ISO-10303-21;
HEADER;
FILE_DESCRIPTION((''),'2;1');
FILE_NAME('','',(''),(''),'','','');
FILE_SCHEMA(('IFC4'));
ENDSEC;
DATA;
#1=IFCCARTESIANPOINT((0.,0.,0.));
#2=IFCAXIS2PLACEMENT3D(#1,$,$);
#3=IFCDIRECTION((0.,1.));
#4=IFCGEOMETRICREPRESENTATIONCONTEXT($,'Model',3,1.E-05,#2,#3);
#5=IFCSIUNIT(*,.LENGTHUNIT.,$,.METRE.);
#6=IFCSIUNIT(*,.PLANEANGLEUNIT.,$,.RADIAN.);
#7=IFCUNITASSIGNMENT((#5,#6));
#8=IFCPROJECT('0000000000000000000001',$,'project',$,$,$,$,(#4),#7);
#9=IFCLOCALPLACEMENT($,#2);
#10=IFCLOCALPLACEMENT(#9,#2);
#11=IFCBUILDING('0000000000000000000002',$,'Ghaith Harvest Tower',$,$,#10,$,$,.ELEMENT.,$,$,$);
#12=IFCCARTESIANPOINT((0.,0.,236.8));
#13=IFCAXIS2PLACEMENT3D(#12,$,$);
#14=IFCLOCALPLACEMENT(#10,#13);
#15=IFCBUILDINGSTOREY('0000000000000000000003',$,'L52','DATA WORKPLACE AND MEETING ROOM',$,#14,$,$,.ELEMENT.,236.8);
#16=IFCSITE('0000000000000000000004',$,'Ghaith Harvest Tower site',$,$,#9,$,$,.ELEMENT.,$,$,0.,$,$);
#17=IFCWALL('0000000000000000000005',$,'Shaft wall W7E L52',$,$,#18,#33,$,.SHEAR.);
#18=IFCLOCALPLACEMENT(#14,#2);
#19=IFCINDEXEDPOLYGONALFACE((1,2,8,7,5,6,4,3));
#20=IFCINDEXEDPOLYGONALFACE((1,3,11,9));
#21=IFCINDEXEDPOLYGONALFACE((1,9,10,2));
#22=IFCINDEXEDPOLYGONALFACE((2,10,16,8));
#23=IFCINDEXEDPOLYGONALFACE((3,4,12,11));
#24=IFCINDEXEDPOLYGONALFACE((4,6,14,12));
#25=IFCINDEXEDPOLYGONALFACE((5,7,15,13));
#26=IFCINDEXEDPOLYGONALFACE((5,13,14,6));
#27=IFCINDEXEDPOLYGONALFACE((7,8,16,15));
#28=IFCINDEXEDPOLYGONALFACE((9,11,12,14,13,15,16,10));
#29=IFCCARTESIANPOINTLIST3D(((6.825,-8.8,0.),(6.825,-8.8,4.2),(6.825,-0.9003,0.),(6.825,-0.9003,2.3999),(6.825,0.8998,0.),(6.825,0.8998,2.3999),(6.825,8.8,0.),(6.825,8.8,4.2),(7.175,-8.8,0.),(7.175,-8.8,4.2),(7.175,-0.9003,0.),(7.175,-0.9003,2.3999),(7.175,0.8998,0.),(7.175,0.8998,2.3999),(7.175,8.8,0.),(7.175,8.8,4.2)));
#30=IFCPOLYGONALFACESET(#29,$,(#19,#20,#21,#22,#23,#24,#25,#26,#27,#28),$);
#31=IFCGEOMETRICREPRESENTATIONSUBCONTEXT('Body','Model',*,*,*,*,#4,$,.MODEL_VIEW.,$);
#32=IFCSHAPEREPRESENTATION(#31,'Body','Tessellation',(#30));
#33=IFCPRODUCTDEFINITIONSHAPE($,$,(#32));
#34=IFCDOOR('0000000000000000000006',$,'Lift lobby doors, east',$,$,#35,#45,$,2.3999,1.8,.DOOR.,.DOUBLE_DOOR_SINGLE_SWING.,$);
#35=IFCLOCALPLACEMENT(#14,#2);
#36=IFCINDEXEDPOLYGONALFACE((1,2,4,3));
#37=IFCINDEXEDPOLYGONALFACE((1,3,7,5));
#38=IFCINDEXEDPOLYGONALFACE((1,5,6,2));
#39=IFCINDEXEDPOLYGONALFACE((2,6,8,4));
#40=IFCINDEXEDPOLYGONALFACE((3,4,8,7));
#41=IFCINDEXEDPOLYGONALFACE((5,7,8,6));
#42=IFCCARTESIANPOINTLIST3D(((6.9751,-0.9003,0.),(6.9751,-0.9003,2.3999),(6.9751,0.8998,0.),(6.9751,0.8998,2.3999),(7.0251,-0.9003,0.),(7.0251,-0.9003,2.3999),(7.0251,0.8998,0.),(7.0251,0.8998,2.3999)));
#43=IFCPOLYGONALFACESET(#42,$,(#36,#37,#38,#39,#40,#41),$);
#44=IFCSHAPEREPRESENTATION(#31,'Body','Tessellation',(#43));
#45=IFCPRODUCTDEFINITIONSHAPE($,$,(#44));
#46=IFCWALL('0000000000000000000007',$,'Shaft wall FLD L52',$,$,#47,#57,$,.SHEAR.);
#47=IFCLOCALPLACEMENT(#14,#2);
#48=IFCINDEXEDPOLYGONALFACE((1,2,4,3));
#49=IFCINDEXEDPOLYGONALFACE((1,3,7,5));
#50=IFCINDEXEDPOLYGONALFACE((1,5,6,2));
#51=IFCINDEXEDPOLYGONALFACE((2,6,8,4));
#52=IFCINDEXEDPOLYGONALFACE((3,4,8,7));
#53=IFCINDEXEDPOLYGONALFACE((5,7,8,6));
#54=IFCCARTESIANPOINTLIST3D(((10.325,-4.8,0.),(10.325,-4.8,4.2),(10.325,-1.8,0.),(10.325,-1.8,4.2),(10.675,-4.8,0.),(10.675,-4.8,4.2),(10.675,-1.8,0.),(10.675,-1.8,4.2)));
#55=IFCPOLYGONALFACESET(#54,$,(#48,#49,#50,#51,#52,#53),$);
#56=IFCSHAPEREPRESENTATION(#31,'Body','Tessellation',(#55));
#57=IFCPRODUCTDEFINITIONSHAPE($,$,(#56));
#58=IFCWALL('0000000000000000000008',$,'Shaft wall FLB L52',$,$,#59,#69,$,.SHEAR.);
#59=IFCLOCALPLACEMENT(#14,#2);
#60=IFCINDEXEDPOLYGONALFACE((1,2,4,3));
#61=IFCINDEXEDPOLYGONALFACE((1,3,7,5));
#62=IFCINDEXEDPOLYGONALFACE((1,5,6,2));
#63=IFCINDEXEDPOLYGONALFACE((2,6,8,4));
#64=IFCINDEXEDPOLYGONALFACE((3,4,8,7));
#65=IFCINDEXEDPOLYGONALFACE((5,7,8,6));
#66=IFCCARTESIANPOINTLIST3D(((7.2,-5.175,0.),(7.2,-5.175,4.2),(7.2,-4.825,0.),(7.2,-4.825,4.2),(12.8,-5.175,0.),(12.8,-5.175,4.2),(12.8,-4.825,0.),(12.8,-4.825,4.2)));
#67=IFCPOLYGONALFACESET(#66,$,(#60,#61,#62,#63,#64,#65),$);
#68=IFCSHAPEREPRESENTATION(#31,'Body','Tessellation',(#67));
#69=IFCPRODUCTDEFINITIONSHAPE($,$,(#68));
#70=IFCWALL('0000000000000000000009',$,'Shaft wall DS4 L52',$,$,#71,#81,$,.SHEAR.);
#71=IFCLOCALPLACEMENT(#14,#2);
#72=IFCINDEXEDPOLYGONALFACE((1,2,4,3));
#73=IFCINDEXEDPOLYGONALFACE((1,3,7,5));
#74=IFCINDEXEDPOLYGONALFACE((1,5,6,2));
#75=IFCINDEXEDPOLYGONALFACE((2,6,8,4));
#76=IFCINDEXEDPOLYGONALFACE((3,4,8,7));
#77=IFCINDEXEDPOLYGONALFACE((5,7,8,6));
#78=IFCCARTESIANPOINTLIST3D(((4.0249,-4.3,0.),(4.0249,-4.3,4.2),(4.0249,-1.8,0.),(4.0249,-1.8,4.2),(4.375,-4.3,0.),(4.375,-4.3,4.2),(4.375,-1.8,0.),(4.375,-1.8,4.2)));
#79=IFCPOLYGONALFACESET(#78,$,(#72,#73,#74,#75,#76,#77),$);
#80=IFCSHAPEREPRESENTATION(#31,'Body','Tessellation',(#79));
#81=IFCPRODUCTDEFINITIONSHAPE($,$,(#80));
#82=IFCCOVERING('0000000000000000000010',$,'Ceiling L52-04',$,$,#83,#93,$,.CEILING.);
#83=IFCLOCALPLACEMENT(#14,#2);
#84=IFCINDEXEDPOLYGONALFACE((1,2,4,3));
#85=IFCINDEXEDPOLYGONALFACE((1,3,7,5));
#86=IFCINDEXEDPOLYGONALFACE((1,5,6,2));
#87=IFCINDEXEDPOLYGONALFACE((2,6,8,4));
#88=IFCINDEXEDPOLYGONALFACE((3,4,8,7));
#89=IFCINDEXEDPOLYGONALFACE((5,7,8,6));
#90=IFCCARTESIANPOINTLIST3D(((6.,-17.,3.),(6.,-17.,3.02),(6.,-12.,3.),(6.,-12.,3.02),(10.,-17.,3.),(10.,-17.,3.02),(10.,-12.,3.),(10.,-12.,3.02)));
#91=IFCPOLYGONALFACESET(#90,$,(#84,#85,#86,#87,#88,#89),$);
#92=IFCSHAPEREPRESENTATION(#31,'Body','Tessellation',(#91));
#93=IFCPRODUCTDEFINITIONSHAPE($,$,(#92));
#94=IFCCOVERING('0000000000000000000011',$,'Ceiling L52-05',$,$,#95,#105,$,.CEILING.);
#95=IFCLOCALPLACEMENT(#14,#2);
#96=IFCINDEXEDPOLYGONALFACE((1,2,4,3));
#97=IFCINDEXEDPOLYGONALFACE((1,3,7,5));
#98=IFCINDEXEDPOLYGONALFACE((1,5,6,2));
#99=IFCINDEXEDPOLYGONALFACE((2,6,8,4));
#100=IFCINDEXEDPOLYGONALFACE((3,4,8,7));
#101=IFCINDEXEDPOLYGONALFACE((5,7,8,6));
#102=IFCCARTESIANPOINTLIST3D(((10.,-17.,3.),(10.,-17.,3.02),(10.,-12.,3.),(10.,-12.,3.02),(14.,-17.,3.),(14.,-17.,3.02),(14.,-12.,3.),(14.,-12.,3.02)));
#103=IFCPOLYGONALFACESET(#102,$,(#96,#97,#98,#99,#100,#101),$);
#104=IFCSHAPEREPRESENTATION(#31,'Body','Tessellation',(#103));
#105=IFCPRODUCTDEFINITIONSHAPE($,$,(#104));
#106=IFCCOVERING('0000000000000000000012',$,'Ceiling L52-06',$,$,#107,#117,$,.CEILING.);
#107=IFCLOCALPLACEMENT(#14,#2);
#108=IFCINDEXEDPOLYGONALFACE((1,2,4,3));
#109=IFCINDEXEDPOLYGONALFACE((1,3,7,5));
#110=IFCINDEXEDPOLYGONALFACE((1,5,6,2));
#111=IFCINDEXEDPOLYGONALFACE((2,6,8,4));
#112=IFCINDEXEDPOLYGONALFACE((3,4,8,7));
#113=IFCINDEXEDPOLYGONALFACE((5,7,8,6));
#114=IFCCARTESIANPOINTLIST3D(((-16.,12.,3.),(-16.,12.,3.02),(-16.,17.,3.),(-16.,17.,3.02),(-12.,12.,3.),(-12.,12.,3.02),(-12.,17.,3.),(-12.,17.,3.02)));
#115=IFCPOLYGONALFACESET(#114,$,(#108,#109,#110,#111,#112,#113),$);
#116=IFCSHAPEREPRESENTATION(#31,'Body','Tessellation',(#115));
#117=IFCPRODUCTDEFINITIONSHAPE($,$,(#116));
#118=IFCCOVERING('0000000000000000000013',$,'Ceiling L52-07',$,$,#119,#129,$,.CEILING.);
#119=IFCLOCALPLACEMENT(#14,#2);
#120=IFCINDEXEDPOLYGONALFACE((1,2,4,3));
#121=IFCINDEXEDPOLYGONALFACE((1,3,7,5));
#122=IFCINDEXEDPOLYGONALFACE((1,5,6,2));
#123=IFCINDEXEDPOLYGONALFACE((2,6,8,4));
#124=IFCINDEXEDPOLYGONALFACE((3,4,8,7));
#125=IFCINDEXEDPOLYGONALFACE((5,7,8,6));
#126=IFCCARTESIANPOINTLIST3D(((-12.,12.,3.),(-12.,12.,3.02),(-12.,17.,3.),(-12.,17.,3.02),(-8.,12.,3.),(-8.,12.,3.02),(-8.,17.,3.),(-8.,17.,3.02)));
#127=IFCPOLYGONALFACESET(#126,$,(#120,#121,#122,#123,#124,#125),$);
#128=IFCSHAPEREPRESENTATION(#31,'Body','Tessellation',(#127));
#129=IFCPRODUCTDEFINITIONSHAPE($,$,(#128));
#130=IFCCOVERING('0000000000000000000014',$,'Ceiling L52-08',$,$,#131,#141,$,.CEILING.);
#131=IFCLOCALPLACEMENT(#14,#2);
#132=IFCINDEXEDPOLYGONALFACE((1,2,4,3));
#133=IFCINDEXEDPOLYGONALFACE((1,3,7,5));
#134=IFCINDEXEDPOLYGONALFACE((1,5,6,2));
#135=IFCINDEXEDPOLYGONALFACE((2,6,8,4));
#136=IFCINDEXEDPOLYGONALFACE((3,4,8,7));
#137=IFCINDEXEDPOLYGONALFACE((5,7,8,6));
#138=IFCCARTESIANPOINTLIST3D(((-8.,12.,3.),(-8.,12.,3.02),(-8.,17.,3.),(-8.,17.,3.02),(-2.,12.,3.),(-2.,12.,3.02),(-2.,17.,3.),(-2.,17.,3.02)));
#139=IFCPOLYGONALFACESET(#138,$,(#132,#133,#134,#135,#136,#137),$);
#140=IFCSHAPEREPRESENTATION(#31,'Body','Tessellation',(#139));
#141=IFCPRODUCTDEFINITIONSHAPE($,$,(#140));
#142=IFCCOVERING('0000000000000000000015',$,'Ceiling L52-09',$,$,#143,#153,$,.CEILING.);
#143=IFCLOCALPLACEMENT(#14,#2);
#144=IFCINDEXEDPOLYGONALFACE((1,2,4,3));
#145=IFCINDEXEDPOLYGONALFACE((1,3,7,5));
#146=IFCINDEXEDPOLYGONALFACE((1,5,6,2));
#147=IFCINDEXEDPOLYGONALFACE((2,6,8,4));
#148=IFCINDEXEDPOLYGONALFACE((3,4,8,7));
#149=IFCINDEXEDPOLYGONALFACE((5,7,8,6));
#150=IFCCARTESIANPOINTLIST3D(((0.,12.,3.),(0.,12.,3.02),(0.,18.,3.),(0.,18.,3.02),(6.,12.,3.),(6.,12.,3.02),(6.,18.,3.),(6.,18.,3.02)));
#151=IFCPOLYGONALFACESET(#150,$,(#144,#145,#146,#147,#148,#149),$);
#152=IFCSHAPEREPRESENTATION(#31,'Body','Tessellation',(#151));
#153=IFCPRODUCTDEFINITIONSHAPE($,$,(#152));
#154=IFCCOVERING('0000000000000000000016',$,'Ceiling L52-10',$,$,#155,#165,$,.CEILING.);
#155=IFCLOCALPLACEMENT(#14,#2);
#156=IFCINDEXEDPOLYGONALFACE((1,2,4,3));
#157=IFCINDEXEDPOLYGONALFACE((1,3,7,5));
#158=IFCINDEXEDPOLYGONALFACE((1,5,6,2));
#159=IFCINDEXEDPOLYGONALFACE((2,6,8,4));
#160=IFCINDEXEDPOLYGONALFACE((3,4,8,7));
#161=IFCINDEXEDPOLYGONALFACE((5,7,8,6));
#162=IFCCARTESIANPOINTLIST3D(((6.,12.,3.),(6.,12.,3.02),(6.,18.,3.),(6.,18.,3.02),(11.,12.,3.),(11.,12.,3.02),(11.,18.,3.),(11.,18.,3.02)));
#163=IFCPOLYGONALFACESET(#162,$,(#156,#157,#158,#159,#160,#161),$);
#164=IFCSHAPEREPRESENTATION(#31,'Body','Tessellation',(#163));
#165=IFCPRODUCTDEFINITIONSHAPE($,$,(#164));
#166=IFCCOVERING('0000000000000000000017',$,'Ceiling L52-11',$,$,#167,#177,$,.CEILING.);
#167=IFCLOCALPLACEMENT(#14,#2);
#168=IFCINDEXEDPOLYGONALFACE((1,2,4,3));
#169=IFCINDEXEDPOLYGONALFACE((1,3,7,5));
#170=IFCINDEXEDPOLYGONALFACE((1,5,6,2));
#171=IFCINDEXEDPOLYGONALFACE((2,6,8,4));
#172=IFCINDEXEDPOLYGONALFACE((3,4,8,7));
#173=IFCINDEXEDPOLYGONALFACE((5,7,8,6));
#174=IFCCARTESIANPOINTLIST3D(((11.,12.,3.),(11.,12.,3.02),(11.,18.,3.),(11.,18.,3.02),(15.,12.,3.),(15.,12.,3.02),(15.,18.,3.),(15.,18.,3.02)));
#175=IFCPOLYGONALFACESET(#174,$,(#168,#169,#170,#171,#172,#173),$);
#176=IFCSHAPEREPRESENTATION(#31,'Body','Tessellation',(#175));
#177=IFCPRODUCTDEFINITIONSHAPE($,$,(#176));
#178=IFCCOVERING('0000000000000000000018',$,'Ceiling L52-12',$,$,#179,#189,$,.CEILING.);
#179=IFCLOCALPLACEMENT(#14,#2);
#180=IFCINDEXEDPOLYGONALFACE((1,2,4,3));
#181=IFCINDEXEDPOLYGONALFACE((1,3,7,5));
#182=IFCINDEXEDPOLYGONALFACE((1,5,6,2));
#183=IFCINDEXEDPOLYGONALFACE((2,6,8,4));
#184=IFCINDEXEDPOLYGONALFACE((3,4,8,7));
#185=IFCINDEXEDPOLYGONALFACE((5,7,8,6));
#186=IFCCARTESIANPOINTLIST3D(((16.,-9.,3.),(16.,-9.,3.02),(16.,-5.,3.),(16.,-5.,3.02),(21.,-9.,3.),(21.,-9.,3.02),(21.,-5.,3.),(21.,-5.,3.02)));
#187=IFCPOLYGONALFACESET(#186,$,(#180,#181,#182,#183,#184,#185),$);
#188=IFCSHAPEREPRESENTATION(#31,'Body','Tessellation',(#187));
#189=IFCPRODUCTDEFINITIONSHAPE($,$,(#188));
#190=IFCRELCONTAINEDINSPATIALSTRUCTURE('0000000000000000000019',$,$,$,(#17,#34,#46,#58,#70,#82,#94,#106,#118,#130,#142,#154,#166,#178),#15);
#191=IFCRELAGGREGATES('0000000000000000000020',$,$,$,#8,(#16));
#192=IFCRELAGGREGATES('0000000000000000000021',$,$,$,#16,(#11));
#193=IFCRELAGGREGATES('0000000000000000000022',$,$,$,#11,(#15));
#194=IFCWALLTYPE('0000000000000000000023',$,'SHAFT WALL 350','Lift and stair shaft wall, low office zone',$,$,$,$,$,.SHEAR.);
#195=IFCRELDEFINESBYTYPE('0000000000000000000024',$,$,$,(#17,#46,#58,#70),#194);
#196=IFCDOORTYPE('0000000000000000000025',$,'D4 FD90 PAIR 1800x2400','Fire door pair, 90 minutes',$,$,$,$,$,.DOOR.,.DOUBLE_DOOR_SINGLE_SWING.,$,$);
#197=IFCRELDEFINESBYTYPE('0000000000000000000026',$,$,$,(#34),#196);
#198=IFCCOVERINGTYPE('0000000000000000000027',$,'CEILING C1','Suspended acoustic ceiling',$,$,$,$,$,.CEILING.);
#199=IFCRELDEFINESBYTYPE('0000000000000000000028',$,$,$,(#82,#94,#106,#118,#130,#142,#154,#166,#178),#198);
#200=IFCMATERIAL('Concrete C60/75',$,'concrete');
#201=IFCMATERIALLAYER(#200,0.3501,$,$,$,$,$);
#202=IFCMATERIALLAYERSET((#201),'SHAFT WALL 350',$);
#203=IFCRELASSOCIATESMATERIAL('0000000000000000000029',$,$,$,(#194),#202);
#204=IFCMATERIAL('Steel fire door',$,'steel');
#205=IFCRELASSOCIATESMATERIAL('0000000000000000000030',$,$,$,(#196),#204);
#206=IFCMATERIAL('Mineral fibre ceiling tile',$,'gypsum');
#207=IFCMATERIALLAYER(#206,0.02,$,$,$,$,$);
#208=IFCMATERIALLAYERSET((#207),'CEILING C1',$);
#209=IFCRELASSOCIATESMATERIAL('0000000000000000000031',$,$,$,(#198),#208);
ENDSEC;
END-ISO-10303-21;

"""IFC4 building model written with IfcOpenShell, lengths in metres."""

from ifc_helpers import new_model, si_unit, direction, frame, frame_2d, origin, place, context, subcontext, project, spatial, polyline, rectangle, outline, extrude, material, layer, layer_set, type_object, element, fill, save


model = new_model("IFC4")

# Units and contexts
model_context = context("Model", 3, precision=1e-05, world=origin(), true_north=direction((0.0, 1.0)))
body_context = subcontext(model_context, "Body", "Model", "MODEL_VIEW")
ifc_project = project(units=[si_unit("LENGTHUNIT", "METRE"), si_unit("PLANEANGLEUNIT", "RADIAN")], contexts=[model_context])

# Site, building, storey
site_placement = place(None, origin())
site = spatial("IfcSite", under=ifc_project, at=site_placement, Name="Ghaith Harvest Tower site", CompositionType="ELEMENT", RefElevation=0.0)
building_placement = place(site_placement, origin())
building = spatial("IfcBuilding", under=site, at=building_placement, Name="Ghaith Harvest Tower", CompositionType="ELEMENT")
storey_placement = place(building_placement, frame((0.0, 0.0, 236.8)))
storey = spatial("IfcBuildingStorey", under=building, at=storey_placement, Name="L52", Description="DATA WORKPLACE AND MEETING ROOM", CompositionType="ELEMENT", Elevation=236.8)

# Wall, opening, door
ifc_material_1 = material(Name="Concrete C60/75", Category="concrete")
ifc_layer_1 = layer(ifc_material_1, 0.3501)
ifc_layer_set_1 = layer_set([ifc_layer_1], Name="SHAFT WALL 350")
wall_type_1 = type_object("IfcWallType", Name="SHAFT WALL 350", Description="Lift and stair shaft wall, low office zone", PredefinedType="SHEAR", material=ifc_layer_set_1)
wall_1_placement = place(storey_placement, frame((7.0, -8.8, 0.0), z_axis=(0.0, 0.0, 1.0), x_axis=(0.0, 1.0, 0.0)))
wall_1 = element("IfcWall", 1, at=wall_1_placement, inside=storey, type_object=wall_type_1, Name="Shaft wall W7E L52", PredefinedType="SHEAR", context=body_context, shape_type="SweptSolid", body=[
    extrude(rectangle(XDim=17.6001, YDim=0.3501, at=frame_2d((8.8, 0.0))), origin(), (0.0, 0.0, 1.0), 4.2),
])
opening_1_placement = place(wall_1_placement, frame((7.8999, 0.0, 0.0)))
opening_1 = element("IfcOpeningElement", 2, at=opening_1_placement, cuts=wall_1, PredefinedType="OPENING", context=body_context, shape_type="SweptSolid", body=[
    extrude(rectangle(XDim=1.8, YDim=2.3999, at=frame_2d((0.8999, 1.2))), frame((0.0, 0.1851, 0.0), z_axis=(0.0, -1.0, 0.0), x_axis=(1.0, 0.0, 0.0)), (0.0, 0.0, 1.0), 0.3701),
])
ifc_material_2 = material(Name="Steel fire door", Category="steel")
door_type_1 = type_object("IfcDoorType", Name="D4 FD90 PAIR 1800x2400", Description="Fire door pair, 90 minutes", OperationType="DOUBLE_DOOR_SINGLE_SWING", PredefinedType="DOOR", material=ifc_material_2)
door_1_placement = place(opening_1_placement, origin())
door_1 = element("IfcDoor", 3, at=door_1_placement, inside=storey, type_object=door_type_1, Name="Lift lobby doors, east", OperationType="DOUBLE_DOOR_SINGLE_SWING", OverallHeight=2.3999, OverallWidth=1.8, PredefinedType="DOOR", context=body_context, shape_type="SweptSolid", body=[
    extrude(rectangle(XDim=1.8, YDim=2.3999, at=frame_2d((0.8999, 1.2))), frame((0.0, 0.0249, 0.0), z_axis=(0.0, -1.0, 0.0), x_axis=(1.0, 0.0, 0.0)), (0.0, 0.0, 1.0), 0.05),
])
fill(opening_1, door_1)

# Walls
wall_2_placement = place(storey_placement, frame((10.5, -4.8, 0.0), z_axis=(0.0, 0.0, 1.0), x_axis=(0.0, 1.0, 0.0)))
element("IfcWall", 4, at=wall_2_placement, inside=storey, type_object=wall_type_1, Name="Shaft wall FLD L52", PredefinedType="SHEAR", context=body_context, shape_type="SweptSolid", body=[
    extrude(rectangle(XDim=3.0, YDim=0.3501, at=frame_2d((1.5, 0.0))), origin(), (0.0, 0.0, 1.0), 4.2),
])
wall_3_placement = place(storey_placement, frame((7.2, -5.0, 0.0), z_axis=(0.0, 0.0, 1.0), x_axis=(1.0, 0.0, 0.0)))
element("IfcWall", 5, at=wall_3_placement, inside=storey, type_object=wall_type_1, Name="Shaft wall FLB L52", PredefinedType="SHEAR", context=body_context, shape_type="SweptSolid", body=[
    extrude(rectangle(XDim=5.6001, YDim=0.3501, at=frame_2d((2.8, 0.0))), origin(), (0.0, 0.0, 1.0), 4.2),
])
wall_4_placement = place(storey_placement, frame((4.2, -4.3, 0.0), z_axis=(0.0, 0.0, 1.0), x_axis=(0.0, 1.0, 0.0)))
element("IfcWall", 6, at=wall_4_placement, inside=storey, type_object=wall_type_1, Name="Shaft wall DS4 L52", PredefinedType="SHEAR", context=body_context, shape_type="SweptSolid", body=[
    extrude(rectangle(XDim=2.5, YDim=0.3501, at=frame_2d((1.25, 0.0))), origin(), (0.0, 0.0, 1.0), 4.2),
])

# Coverings
ifc_material_3 = material(Name="Mineral fibre ceiling tile", Category="gypsum")
ifc_layer_2 = layer(ifc_material_3, 0.02)
ifc_layer_set_2 = layer_set([ifc_layer_2], Name="CEILING C1")
covering_type = type_object("IfcCoveringType", Name="CEILING C1", Description="Suspended acoustic ceiling", PredefinedType="CEILING", material=ifc_layer_set_2)
covering_1_placement = place(storey_placement, frame((0.0, 0.0, 3.0)))
element("IfcCovering", 7, at=covering_1_placement, inside=storey, type_object=covering_type, Name="Ceiling L52-04", PredefinedType="CEILING", context=body_context, shape_type="SweptSolid", body=[
    extrude(outline(polyline([(6.0, -17.0), (10.0, -17.0), (10.0, -12.0), (6.0, -12.0), (6.0, -17.0)])), origin(), (0.0, 0.0, 1.0), 0.02),
])
covering_2_placement = place(storey_placement, frame((0.0, 0.0, 3.0)))
element("IfcCovering", 8, at=covering_2_placement, inside=storey, type_object=covering_type, Name="Ceiling L52-05", PredefinedType="CEILING", context=body_context, shape_type="SweptSolid", body=[
    extrude(outline(polyline([(10.0, -17.0), (14.0, -17.0), (14.0, -12.0), (10.0, -12.0), (10.0, -17.0)])), origin(), (0.0, 0.0, 1.0), 0.02),
])
covering_3_placement = place(storey_placement, frame((0.0, 0.0, 3.0)))
element("IfcCovering", 9, at=covering_3_placement, inside=storey, type_object=covering_type, Name="Ceiling L52-06", PredefinedType="CEILING", context=body_context, shape_type="SweptSolid", body=[
    extrude(outline(polyline([(-16.0, 12.0), (-12.0, 12.0), (-12.0, 17.0), (-16.0, 17.0), (-16.0, 12.0)])), origin(), (0.0, 0.0, 1.0), 0.02),
])
covering_4_placement = place(storey_placement, frame((0.0, 0.0, 3.0)))
element("IfcCovering", 10, at=covering_4_placement, inside=storey, type_object=covering_type, Name="Ceiling L52-07", PredefinedType="CEILING", context=body_context, shape_type="SweptSolid", body=[
    extrude(outline(polyline([(-12.0, 12.0), (-8.0, 12.0), (-8.0, 17.0), (-12.0, 17.0), (-12.0, 12.0)])), origin(), (0.0, 0.0, 1.0), 0.02),
])
covering_5_placement = place(storey_placement, frame((0.0, 0.0, 3.0)))
element("IfcCovering", 11, at=covering_5_placement, inside=storey, type_object=covering_type, Name="Ceiling L52-08", PredefinedType="CEILING", context=body_context, shape_type="SweptSolid", body=[
    extrude(outline(polyline([(-8.0, 12.0), (-2.0, 12.0), (-2.0, 17.0), (-8.0, 17.0), (-8.0, 12.0)])), origin(), (0.0, 0.0, 1.0), 0.02),
])
covering_6_placement = place(storey_placement, frame((0.0, 0.0, 3.0)))
element("IfcCovering", 12, at=covering_6_placement, inside=storey, type_object=covering_type, Name="Ceiling L52-09", PredefinedType="CEILING", context=body_context, shape_type="SweptSolid", body=[
    extrude(outline(polyline([(0.0, 12.0), (6.0, 12.0), (6.0, 18.0), (0.0, 18.0), (0.0, 12.0)])), origin(), (0.0, 0.0, 1.0), 0.02),
])
covering_7_placement = place(storey_placement, frame((0.0, 0.0, 3.0)))
element("IfcCovering", 13, at=covering_7_placement, inside=storey, type_object=covering_type, Name="Ceiling L52-10", PredefinedType="CEILING", context=body_context, shape_type="SweptSolid", body=[
    extrude(outline(polyline([(6.0, 12.0), (11.0, 12.0), (11.0, 18.0), (6.0, 18.0), (6.0, 12.0)])), origin(), (0.0, 0.0, 1.0), 0.02),
])
covering_8_placement = place(storey_placement, frame((0.0, 0.0, 3.0)))
element("IfcCovering", 14, at=covering_8_placement, inside=storey, type_object=covering_type, Name="Ceiling L52-11", PredefinedType="CEILING", context=body_context, shape_type="SweptSolid", body=[
    extrude(outline(polyline([(11.0, 12.0), (15.0, 12.0), (15.0, 18.0), (11.0, 18.0), (11.0, 12.0)])), origin(), (0.0, 0.0, 1.0), 0.02),
])
covering_9_placement = place(storey_placement, frame((0.0, 0.0, 3.0)))
element("IfcCovering", 15, at=covering_9_placement, inside=storey, type_object=covering_type, Name="Ceiling L52-12", PredefinedType="CEILING", context=body_context, shape_type="SweptSolid", body=[
    extrude(outline(polyline([(16.0, -9.0), (21.0, -9.0), (21.0, -5.0), (16.0, -5.0), (16.0, -9.0)])), origin(), (0.0, 0.0, 1.0), 0.02),
])

save(model, "model.ifc")
